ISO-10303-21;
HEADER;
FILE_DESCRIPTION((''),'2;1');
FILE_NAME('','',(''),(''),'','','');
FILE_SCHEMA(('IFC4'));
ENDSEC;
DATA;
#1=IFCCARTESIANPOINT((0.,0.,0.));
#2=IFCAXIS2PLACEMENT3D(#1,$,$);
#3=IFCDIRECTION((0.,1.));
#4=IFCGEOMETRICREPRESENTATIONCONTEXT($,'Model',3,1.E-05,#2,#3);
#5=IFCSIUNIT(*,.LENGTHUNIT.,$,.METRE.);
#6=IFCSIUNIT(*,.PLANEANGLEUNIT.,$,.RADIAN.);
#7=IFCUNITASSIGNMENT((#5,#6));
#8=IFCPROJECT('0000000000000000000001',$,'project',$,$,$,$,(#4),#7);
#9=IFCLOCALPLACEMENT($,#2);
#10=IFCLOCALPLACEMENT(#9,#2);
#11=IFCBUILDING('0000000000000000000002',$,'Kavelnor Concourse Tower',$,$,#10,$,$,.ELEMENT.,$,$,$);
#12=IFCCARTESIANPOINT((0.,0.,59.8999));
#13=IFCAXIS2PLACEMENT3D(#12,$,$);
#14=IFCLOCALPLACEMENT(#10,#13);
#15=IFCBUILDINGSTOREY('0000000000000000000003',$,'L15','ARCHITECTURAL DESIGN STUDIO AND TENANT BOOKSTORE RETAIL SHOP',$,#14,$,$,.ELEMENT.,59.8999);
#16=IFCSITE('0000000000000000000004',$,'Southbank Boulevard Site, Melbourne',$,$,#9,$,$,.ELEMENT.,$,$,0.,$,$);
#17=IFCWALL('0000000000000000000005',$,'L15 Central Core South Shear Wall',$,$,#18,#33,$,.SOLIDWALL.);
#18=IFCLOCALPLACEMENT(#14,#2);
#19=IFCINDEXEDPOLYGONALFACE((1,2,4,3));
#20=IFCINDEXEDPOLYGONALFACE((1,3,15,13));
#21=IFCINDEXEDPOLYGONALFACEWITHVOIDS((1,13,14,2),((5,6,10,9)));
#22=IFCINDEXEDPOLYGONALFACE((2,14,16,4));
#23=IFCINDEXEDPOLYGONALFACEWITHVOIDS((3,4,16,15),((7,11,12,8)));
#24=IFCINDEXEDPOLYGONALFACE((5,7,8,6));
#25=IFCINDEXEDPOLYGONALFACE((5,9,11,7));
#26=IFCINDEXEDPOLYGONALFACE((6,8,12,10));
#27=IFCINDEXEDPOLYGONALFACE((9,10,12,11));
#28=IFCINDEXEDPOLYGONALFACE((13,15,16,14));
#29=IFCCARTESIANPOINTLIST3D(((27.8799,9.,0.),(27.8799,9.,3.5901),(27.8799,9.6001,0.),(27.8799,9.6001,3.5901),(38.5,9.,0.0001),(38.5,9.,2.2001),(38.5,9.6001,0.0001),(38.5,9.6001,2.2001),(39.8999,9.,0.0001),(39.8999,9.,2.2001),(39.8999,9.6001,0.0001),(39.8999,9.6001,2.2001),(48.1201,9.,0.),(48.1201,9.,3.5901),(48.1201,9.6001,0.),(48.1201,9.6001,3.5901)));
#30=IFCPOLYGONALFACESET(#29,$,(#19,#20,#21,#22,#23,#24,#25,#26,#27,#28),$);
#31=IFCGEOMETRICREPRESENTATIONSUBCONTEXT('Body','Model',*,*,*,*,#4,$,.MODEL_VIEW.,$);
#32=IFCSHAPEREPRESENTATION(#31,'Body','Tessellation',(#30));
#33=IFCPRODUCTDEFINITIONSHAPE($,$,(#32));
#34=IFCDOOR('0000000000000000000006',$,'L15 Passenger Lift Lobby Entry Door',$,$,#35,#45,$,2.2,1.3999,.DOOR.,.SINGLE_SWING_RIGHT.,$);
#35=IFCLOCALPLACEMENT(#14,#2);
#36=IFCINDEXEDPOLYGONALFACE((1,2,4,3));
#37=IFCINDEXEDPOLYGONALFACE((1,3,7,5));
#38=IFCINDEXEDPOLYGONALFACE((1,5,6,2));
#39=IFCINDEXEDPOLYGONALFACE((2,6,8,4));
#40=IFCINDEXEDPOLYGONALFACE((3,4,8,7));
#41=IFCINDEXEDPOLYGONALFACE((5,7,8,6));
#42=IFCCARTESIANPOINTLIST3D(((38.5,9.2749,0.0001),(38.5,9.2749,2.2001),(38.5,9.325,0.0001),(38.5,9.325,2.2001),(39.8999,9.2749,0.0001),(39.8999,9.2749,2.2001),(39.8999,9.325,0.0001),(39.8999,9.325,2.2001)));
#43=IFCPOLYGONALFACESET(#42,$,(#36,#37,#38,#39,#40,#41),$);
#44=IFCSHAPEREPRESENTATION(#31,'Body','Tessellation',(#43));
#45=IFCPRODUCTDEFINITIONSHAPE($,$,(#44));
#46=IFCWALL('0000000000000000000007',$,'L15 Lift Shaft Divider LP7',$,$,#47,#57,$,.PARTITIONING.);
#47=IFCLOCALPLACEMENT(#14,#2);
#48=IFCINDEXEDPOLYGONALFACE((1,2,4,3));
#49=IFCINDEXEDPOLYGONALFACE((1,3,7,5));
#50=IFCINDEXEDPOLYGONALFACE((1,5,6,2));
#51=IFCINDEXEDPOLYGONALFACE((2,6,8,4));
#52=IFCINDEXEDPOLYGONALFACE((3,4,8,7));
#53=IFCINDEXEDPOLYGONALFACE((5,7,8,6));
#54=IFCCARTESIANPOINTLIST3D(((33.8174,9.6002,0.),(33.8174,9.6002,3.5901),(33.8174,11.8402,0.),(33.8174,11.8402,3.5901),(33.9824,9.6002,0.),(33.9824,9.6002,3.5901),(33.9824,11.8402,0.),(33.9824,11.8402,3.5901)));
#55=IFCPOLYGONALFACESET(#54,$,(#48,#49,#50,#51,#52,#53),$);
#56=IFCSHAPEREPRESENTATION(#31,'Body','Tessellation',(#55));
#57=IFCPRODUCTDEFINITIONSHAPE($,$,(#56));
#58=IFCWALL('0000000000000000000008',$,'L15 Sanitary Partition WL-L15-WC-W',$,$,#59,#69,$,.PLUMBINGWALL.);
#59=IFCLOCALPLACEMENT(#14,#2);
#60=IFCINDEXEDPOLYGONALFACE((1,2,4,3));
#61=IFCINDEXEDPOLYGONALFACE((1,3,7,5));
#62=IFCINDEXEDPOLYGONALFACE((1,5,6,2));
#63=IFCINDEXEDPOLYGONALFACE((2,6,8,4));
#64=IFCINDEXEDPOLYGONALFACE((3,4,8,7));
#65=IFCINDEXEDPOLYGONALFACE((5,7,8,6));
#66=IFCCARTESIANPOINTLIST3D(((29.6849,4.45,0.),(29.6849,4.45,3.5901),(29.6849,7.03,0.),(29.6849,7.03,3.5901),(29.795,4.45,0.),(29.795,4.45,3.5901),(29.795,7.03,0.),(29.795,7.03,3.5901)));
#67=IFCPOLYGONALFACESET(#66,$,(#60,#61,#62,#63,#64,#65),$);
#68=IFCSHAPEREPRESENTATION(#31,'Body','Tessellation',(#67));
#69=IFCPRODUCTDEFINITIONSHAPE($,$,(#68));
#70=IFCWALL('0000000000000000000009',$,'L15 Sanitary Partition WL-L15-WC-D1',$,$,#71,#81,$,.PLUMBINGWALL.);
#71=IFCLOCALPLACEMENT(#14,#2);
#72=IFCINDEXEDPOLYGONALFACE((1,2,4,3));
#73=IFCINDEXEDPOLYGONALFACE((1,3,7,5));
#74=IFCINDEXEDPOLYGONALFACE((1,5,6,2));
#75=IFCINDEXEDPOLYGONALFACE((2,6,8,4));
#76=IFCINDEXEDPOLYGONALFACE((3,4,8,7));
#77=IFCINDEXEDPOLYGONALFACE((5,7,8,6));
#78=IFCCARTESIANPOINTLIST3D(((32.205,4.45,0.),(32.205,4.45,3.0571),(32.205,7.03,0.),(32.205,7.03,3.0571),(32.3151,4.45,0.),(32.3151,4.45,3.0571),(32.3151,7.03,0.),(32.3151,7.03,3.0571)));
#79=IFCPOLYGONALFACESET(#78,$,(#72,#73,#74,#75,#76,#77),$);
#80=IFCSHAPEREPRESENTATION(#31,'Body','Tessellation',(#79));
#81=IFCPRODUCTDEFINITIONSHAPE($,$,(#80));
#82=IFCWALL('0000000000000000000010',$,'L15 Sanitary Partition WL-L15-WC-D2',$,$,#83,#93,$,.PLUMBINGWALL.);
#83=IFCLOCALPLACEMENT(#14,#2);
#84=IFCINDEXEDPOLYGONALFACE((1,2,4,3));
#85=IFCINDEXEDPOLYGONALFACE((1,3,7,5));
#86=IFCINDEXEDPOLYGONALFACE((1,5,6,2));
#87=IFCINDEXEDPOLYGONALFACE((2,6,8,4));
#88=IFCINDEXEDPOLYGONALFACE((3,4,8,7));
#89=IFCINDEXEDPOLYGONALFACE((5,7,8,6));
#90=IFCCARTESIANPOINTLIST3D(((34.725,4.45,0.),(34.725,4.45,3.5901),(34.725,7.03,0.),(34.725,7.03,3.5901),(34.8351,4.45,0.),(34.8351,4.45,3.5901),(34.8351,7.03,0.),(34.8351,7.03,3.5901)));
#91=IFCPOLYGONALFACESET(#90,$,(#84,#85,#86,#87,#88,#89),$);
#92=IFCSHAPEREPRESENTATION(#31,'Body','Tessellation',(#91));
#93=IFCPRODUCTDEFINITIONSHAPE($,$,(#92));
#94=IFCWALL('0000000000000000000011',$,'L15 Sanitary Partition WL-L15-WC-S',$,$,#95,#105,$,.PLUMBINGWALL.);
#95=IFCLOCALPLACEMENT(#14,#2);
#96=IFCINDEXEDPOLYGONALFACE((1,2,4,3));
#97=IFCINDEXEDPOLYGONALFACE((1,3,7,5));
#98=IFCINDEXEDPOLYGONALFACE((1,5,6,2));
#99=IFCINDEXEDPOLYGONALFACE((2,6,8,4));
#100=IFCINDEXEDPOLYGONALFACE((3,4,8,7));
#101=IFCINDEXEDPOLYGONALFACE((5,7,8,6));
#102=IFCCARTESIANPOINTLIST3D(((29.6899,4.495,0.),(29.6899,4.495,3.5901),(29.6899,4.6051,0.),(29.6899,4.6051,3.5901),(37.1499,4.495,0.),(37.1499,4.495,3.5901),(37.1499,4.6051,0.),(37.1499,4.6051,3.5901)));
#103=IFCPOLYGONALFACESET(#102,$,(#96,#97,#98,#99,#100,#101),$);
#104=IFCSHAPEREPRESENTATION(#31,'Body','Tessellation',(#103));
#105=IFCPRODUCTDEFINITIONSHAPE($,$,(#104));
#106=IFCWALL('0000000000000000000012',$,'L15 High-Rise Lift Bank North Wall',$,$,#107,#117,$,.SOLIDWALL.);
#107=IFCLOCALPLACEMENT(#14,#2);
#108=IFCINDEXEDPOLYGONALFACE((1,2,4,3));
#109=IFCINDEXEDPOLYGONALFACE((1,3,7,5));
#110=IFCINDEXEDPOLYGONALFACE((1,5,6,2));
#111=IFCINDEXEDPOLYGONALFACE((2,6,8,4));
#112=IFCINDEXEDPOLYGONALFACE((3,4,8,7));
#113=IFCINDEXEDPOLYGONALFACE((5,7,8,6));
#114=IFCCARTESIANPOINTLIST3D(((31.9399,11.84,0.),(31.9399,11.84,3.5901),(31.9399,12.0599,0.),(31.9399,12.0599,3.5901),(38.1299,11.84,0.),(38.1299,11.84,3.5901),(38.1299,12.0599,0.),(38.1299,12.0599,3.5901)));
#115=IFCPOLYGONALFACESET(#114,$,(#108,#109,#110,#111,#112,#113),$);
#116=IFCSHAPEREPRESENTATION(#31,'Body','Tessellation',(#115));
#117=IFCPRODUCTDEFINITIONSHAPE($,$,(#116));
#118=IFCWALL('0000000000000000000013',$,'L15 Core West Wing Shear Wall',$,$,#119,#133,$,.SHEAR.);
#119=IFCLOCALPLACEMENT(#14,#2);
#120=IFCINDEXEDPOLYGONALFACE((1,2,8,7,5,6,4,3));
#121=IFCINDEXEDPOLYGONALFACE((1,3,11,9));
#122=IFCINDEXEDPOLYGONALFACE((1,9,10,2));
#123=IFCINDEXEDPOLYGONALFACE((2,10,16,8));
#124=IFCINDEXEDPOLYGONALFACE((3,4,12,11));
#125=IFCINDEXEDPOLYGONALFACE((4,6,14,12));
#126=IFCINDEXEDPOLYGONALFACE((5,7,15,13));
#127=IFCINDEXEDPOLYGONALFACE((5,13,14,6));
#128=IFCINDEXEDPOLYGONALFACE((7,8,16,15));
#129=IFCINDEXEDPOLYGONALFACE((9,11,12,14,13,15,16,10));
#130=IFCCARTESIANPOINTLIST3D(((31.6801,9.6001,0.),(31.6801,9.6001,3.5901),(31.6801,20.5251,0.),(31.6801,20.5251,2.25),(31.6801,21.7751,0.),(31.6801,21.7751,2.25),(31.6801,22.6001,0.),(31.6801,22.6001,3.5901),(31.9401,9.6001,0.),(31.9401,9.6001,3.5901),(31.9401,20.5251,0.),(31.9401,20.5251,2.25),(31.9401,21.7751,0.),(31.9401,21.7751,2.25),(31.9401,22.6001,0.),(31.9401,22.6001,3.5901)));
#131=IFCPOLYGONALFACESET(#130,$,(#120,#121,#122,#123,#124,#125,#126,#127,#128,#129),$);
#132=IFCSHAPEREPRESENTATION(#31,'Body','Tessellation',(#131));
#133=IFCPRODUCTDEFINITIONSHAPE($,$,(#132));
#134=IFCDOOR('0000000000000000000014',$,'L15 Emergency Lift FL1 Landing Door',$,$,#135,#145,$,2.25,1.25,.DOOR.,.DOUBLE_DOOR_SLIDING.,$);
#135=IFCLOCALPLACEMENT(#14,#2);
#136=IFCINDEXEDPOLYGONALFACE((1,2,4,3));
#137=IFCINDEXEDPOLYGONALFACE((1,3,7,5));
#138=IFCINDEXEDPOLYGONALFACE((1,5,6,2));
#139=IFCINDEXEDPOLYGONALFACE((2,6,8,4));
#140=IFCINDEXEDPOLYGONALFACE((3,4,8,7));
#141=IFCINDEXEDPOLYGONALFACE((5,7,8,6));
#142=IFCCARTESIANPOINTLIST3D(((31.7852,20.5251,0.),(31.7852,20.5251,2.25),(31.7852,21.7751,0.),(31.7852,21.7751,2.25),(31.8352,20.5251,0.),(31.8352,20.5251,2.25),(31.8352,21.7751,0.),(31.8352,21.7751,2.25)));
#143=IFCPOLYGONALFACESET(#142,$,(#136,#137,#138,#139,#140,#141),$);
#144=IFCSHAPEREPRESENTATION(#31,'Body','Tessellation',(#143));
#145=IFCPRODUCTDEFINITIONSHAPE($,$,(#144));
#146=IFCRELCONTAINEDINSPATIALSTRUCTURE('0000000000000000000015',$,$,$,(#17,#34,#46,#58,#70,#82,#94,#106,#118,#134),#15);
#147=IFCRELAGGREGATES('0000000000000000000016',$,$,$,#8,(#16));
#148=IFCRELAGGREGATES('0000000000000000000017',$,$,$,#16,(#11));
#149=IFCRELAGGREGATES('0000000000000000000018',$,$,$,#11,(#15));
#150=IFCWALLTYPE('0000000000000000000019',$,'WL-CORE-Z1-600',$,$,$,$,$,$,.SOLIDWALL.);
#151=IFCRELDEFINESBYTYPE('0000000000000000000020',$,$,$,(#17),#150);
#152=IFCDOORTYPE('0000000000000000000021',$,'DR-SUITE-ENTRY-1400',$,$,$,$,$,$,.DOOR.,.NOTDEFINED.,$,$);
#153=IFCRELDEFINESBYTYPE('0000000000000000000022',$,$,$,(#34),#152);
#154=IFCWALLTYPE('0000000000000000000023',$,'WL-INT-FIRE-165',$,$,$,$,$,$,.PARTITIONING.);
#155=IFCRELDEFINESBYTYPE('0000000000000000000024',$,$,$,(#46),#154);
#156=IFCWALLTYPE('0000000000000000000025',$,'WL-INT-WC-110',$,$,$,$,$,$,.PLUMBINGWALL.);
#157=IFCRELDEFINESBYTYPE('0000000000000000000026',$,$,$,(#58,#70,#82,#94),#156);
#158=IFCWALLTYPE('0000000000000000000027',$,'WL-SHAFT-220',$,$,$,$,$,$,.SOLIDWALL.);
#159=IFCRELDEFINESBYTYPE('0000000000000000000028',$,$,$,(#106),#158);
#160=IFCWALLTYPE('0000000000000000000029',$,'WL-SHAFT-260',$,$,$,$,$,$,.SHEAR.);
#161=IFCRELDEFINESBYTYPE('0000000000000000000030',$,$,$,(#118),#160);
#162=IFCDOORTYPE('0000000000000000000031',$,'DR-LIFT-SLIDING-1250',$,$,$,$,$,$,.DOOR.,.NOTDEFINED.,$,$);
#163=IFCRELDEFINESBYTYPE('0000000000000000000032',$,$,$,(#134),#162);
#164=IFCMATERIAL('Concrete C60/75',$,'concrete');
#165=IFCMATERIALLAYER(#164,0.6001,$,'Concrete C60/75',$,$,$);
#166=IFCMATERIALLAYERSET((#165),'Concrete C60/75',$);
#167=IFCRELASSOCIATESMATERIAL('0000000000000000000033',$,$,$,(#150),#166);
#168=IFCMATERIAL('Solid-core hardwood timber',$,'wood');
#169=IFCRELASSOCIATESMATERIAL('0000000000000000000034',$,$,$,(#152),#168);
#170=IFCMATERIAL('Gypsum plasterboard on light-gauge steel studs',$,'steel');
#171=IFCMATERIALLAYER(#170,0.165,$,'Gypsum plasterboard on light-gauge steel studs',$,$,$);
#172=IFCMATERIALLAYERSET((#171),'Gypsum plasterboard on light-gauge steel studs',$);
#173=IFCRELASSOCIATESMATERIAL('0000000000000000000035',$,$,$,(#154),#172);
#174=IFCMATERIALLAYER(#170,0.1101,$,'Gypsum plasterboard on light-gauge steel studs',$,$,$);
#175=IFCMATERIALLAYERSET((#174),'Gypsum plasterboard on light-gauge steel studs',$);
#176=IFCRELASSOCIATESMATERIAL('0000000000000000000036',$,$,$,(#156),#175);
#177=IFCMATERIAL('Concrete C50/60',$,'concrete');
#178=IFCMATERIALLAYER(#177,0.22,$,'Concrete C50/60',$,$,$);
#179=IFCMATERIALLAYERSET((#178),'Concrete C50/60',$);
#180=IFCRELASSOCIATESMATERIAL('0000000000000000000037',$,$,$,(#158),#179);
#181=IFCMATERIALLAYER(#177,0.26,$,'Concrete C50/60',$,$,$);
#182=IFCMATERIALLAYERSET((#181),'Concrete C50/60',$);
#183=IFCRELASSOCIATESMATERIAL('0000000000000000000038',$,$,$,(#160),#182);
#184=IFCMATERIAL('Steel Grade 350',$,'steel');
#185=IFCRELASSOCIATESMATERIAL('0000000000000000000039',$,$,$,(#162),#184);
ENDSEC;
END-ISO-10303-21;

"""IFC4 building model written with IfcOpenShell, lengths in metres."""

from ifc_helpers import new_model, si_unit, direction, frame, frame_2d, origin, place, context, subcontext, project, spatial, rectangle, extrude, material, layer, layer_set, type_object, element, fill, save


model = new_model("IFC4")

# Units and contexts
model_context = context("Model", 3, precision=1e-05, world=origin(), true_north=direction((0.0, 1.0)))
body_context = subcontext(model_context, "Body", "Model", "MODEL_VIEW")
ifc_project = project(units=[si_unit("LENGTHUNIT", "METRE"), si_unit("PLANEANGLEUNIT", "RADIAN")], contexts=[model_context])

# Site, building, storey
site_placement = place(None, origin())
site = spatial("IfcSite", under=ifc_project, at=site_placement, Name="Southbank Boulevard Site, Melbourne", CompositionType="ELEMENT", RefElevation=0.0)
building_placement = place(site_placement, origin())
building = spatial("IfcBuilding", under=site, at=building_placement, Name="Kavelnor Concourse Tower", CompositionType="ELEMENT")
storey_placement = place(building_placement, frame((0.0, 0.0, 59.8999)))
storey = spatial("IfcBuildingStorey", under=building, at=storey_placement, Name="L15", Description="ARCHITECTURAL DESIGN STUDIO AND TENANT BOOKSTORE RETAIL SHOP", CompositionType="ELEMENT", Elevation=59.8999)

# Shared definitions
ifc_material_1 = material(Name="Steel Grade 350", Category="steel")

# Wall, opening, door
ifc_material_2 = material(Name="Concrete C60/75", Category="concrete")
ifc_layer_1 = layer(ifc_material_2, 0.6001, Name="Concrete C60/75")
ifc_layer_set_1 = layer_set([ifc_layer_1], Name="Concrete C60/75")
wall_type_1 = type_object("IfcWallType", Name="WL-CORE-Z1-600", PredefinedType="SOLIDWALL", material=ifc_layer_set_1)
wall_1_placement = place(storey_placement, frame((27.8799, 9.3, 0.0), z_axis=(0.0, 0.0, 1.0), x_axis=(1.0, 0.0, 0.0)))
wall_1 = element("IfcWall", 1, at=wall_1_placement, inside=storey, type_object=wall_type_1, Name="L15 Central Core South Shear Wall", PredefinedType="SOLIDWALL", context=body_context, shape_type="SweptSolid", body=[
    extrude(rectangle(XDim=20.2402, YDim=0.6001, at=frame_2d((10.1201, 0.0))), origin(), (0.0, 0.0, 1.0), 3.5901),
])
opening_1_placement = place(wall_1_placement, frame((10.6201, 0.0, 0.0)))
opening_1 = element("IfcOpeningElement", 2, at=opening_1_placement, cuts=wall_1, PredefinedType="OPENING", context=body_context, shape_type="SweptSolid", body=[
    extrude(rectangle(XDim=1.3999, YDim=2.2, at=frame_2d((0.7, 1.1001))), frame((0.0, 0.3101, 0.0), z_axis=(0.0, -1.0, 0.0), x_axis=(1.0, 0.0, 0.0)), (0.0, 0.0, 1.0), 0.6201),
])
ifc_material_3 = material(Name="Solid-core hardwood timber", Category="wood")
door_type_1 = type_object("IfcDoorType", Name="DR-SUITE-ENTRY-1400", OperationType="NOTDEFINED", PredefinedType="DOOR", material=ifc_material_3)
door_1_placement = place(opening_1_placement, origin())
door_1 = element("IfcDoor", 3, at=door_1_placement, inside=storey, type_object=door_type_1, Name="L15 Passenger Lift Lobby Entry Door", OperationType="SINGLE_SWING_RIGHT", OverallHeight=2.2, OverallWidth=1.3999, PredefinedType="DOOR", context=body_context, shape_type="SweptSolid", body=[
    extrude(rectangle(XDim=1.3999, YDim=2.2, at=frame_2d((0.7, 1.1001))), frame((0.0, 0.0249, 0.0), z_axis=(0.0, -1.0, 0.0), x_axis=(1.0, 0.0, 0.0)), (0.0, 0.0, 1.0), 0.05),
])
fill(opening_1, door_1)

# Walls
ifc_material_4 = material(Name="Gypsum plasterboard on light-gauge steel studs", Category="steel")
ifc_layer_2 = layer(ifc_material_4, 0.165, Name="Gypsum plasterboard on light-gauge steel studs")
ifc_layer_set_2 = layer_set([ifc_layer_2], Name="Gypsum plasterboard on light-gauge steel studs")
wall_type_2 = type_object("IfcWallType", Name="WL-INT-FIRE-165", PredefinedType="PARTITIONING", material=ifc_layer_set_2)
wall_2_placement = place(storey_placement, frame((33.8999, 9.6001, 0.0), z_axis=(0.0, 0.0, 1.0), x_axis=(0.0, 1.0, 0.0)))
element("IfcWall", 4, at=wall_2_placement, inside=storey, type_object=wall_type_2, Name="L15 Lift Shaft Divider LP7", PredefinedType="PARTITIONING", context=body_context, shape_type="SweptSolid", body=[
    extrude(rectangle(XDim=2.24, YDim=0.165, at=frame_2d((1.1201, 0.0))), origin(), (0.0, 0.0, 1.0), 3.5901),
])
ifc_layer_3 = layer(ifc_material_4, 0.1101, Name="Gypsum plasterboard on light-gauge steel studs")
ifc_layer_set_3 = layer_set([ifc_layer_3], Name="Gypsum plasterboard on light-gauge steel studs")
wall_type_3 = type_object("IfcWallType", Name="WL-INT-WC-110", PredefinedType="PLUMBINGWALL", material=ifc_layer_set_3)
wall_3_placement = place(storey_placement, frame((29.74, 4.45, 0.0), z_axis=(0.0, 0.0, 1.0), x_axis=(0.0, 1.0, 0.0)))
element("IfcWall", 5, at=wall_3_placement, inside=storey, type_object=wall_type_3, Name="L15 Sanitary Partition WL-L15-WC-W", PredefinedType="PLUMBINGWALL", context=body_context, shape_type="SweptSolid", body=[
    extrude(rectangle(XDim=2.5801, YDim=0.1101, at=frame_2d((1.29, 0.0))), origin(), (0.0, 0.0, 1.0), 3.5901),
])
wall_4_placement = place(storey_placement, frame((32.26, 4.45, 0.0), z_axis=(0.0, 0.0, 1.0), x_axis=(0.0, 1.0, 0.0)))
element("IfcWall", 6, at=wall_4_placement, inside=storey, type_object=wall_type_3, Name="L15 Sanitary Partition WL-L15-WC-D1", PredefinedType="PLUMBINGWALL", context=body_context, shape_type="SweptSolid", body=[
    extrude(rectangle(XDim=2.5801, YDim=0.1101, at=frame_2d((1.29, 0.0))), origin(), (0.0, 0.0, 1.0), 3.0571),
])
wall_5_placement = place(storey_placement, frame((34.78, 4.45, 0.0), z_axis=(0.0, 0.0, 1.0), x_axis=(0.0, 1.0, 0.0)))
element("IfcWall", 7, at=wall_5_placement, inside=storey, type_object=wall_type_3, Name="L15 Sanitary Partition WL-L15-WC-D2", PredefinedType="PLUMBINGWALL", context=body_context, shape_type="SweptSolid", body=[
    extrude(rectangle(XDim=2.5801, YDim=0.1101, at=frame_2d((1.29, 0.0))), origin(), (0.0, 0.0, 1.0), 3.5901),
])
wall_6_placement = place(storey_placement, frame((29.6899, 4.55, 0.0), z_axis=(0.0, 0.0, 1.0), x_axis=(1.0, 0.0, 0.0)))
element("IfcWall", 8, at=wall_6_placement, inside=storey, type_object=wall_type_3, Name="L15 Sanitary Partition WL-L15-WC-S", PredefinedType="PLUMBINGWALL", context=body_context, shape_type="SweptSolid", body=[
    extrude(rectangle(XDim=7.46, YDim=0.1101, at=frame_2d((3.73, 0.0))), origin(), (0.0, 0.0, 1.0), 3.5901),
])
ifc_material_5 = material(Name="Concrete C50/60", Category="concrete")
ifc_layer_4 = layer(ifc_material_5, 0.22, Name="Concrete C50/60")
ifc_layer_set_4 = layer_set([ifc_layer_4], Name="Concrete C50/60")
wall_type_4 = type_object("IfcWallType", Name="WL-SHAFT-220", PredefinedType="SOLIDWALL", material=ifc_layer_set_4)
wall_7_placement = place(storey_placement, frame((31.9399, 11.95, 0.0), z_axis=(0.0, 0.0, 1.0), x_axis=(1.0, 0.0, 0.0)))
element("IfcWall", 9, at=wall_7_placement, inside=storey, type_object=wall_type_4, Name="L15 High-Rise Lift Bank North Wall", PredefinedType="SOLIDWALL", context=body_context, shape_type="SweptSolid", body=[
    extrude(rectangle(XDim=6.1899, YDim=0.22, at=frame_2d((3.095, 0.0))), origin(), (0.0, 0.0, 1.0), 3.5901),
])

# Wall, opening, door
ifc_layer_5 = layer(ifc_material_5, 0.26, Name="Concrete C50/60")
ifc_layer_set_5 = layer_set([ifc_layer_5], Name="Concrete C50/60")
wall_type_5 = type_object("IfcWallType", Name="WL-SHAFT-260", PredefinedType="SHEAR", material=ifc_layer_set_5)
wall_8_placement = place(storey_placement, frame((31.8101, 9.6001, 0.0), z_axis=(0.0, 0.0, 1.0), x_axis=(0.0, 1.0, 0.0)))
wall_8 = element("IfcWall", 10, at=wall_8_placement, inside=storey, type_object=wall_type_5, Name="L15 Core West Wing Shear Wall", PredefinedType="SHEAR", context=body_context, shape_type="SweptSolid", body=[
    extrude(rectangle(XDim=13.0, YDim=0.26, at=frame_2d((6.5, 0.0))), origin(), (0.0, 0.0, 1.0), 3.5901),
])
opening_2_placement = place(wall_8_placement, frame((10.925, 0.0, 0.0)))
opening_2 = element("IfcOpeningElement", 11, at=opening_2_placement, cuts=wall_8, PredefinedType="OPENING", context=body_context, shape_type="SweptSolid", body=[
    extrude(rectangle(XDim=1.25, YDim=2.25, at=frame_2d((0.625, 1.125))), frame((0.0, 0.1401, 0.0), z_axis=(0.0, -1.0, 0.0), x_axis=(1.0, 0.0, 0.0)), (0.0, 0.0, 1.0), 0.28),
])
door_type_2 = type_object("IfcDoorType", Name="DR-LIFT-SLIDING-1250", OperationType="NOTDEFINED", PredefinedType="DOOR", material=ifc_material_1)
door_2_placement = place(opening_2_placement, origin())
door_2 = element("IfcDoor", 12, at=door_2_placement, inside=storey, type_object=door_type_2, Name="L15 Emergency Lift FL1 Landing Door", OperationType="DOUBLE_DOOR_SLIDING", OverallHeight=2.25, OverallWidth=1.25, PredefinedType="DOOR", context=body_context, shape_type="SweptSolid", body=[
    extrude(rectangle(XDim=1.25, YDim=2.25, at=frame_2d((0.625, 1.125))), frame((0.0, 0.0249, 0.0), z_axis=(0.0, -1.0, 0.0), x_axis=(1.0, 0.0, 0.0)), (0.0, 0.0, 1.0), 0.05),
])
fill(opening_2, door_2)

save(model, "model.ifc")
